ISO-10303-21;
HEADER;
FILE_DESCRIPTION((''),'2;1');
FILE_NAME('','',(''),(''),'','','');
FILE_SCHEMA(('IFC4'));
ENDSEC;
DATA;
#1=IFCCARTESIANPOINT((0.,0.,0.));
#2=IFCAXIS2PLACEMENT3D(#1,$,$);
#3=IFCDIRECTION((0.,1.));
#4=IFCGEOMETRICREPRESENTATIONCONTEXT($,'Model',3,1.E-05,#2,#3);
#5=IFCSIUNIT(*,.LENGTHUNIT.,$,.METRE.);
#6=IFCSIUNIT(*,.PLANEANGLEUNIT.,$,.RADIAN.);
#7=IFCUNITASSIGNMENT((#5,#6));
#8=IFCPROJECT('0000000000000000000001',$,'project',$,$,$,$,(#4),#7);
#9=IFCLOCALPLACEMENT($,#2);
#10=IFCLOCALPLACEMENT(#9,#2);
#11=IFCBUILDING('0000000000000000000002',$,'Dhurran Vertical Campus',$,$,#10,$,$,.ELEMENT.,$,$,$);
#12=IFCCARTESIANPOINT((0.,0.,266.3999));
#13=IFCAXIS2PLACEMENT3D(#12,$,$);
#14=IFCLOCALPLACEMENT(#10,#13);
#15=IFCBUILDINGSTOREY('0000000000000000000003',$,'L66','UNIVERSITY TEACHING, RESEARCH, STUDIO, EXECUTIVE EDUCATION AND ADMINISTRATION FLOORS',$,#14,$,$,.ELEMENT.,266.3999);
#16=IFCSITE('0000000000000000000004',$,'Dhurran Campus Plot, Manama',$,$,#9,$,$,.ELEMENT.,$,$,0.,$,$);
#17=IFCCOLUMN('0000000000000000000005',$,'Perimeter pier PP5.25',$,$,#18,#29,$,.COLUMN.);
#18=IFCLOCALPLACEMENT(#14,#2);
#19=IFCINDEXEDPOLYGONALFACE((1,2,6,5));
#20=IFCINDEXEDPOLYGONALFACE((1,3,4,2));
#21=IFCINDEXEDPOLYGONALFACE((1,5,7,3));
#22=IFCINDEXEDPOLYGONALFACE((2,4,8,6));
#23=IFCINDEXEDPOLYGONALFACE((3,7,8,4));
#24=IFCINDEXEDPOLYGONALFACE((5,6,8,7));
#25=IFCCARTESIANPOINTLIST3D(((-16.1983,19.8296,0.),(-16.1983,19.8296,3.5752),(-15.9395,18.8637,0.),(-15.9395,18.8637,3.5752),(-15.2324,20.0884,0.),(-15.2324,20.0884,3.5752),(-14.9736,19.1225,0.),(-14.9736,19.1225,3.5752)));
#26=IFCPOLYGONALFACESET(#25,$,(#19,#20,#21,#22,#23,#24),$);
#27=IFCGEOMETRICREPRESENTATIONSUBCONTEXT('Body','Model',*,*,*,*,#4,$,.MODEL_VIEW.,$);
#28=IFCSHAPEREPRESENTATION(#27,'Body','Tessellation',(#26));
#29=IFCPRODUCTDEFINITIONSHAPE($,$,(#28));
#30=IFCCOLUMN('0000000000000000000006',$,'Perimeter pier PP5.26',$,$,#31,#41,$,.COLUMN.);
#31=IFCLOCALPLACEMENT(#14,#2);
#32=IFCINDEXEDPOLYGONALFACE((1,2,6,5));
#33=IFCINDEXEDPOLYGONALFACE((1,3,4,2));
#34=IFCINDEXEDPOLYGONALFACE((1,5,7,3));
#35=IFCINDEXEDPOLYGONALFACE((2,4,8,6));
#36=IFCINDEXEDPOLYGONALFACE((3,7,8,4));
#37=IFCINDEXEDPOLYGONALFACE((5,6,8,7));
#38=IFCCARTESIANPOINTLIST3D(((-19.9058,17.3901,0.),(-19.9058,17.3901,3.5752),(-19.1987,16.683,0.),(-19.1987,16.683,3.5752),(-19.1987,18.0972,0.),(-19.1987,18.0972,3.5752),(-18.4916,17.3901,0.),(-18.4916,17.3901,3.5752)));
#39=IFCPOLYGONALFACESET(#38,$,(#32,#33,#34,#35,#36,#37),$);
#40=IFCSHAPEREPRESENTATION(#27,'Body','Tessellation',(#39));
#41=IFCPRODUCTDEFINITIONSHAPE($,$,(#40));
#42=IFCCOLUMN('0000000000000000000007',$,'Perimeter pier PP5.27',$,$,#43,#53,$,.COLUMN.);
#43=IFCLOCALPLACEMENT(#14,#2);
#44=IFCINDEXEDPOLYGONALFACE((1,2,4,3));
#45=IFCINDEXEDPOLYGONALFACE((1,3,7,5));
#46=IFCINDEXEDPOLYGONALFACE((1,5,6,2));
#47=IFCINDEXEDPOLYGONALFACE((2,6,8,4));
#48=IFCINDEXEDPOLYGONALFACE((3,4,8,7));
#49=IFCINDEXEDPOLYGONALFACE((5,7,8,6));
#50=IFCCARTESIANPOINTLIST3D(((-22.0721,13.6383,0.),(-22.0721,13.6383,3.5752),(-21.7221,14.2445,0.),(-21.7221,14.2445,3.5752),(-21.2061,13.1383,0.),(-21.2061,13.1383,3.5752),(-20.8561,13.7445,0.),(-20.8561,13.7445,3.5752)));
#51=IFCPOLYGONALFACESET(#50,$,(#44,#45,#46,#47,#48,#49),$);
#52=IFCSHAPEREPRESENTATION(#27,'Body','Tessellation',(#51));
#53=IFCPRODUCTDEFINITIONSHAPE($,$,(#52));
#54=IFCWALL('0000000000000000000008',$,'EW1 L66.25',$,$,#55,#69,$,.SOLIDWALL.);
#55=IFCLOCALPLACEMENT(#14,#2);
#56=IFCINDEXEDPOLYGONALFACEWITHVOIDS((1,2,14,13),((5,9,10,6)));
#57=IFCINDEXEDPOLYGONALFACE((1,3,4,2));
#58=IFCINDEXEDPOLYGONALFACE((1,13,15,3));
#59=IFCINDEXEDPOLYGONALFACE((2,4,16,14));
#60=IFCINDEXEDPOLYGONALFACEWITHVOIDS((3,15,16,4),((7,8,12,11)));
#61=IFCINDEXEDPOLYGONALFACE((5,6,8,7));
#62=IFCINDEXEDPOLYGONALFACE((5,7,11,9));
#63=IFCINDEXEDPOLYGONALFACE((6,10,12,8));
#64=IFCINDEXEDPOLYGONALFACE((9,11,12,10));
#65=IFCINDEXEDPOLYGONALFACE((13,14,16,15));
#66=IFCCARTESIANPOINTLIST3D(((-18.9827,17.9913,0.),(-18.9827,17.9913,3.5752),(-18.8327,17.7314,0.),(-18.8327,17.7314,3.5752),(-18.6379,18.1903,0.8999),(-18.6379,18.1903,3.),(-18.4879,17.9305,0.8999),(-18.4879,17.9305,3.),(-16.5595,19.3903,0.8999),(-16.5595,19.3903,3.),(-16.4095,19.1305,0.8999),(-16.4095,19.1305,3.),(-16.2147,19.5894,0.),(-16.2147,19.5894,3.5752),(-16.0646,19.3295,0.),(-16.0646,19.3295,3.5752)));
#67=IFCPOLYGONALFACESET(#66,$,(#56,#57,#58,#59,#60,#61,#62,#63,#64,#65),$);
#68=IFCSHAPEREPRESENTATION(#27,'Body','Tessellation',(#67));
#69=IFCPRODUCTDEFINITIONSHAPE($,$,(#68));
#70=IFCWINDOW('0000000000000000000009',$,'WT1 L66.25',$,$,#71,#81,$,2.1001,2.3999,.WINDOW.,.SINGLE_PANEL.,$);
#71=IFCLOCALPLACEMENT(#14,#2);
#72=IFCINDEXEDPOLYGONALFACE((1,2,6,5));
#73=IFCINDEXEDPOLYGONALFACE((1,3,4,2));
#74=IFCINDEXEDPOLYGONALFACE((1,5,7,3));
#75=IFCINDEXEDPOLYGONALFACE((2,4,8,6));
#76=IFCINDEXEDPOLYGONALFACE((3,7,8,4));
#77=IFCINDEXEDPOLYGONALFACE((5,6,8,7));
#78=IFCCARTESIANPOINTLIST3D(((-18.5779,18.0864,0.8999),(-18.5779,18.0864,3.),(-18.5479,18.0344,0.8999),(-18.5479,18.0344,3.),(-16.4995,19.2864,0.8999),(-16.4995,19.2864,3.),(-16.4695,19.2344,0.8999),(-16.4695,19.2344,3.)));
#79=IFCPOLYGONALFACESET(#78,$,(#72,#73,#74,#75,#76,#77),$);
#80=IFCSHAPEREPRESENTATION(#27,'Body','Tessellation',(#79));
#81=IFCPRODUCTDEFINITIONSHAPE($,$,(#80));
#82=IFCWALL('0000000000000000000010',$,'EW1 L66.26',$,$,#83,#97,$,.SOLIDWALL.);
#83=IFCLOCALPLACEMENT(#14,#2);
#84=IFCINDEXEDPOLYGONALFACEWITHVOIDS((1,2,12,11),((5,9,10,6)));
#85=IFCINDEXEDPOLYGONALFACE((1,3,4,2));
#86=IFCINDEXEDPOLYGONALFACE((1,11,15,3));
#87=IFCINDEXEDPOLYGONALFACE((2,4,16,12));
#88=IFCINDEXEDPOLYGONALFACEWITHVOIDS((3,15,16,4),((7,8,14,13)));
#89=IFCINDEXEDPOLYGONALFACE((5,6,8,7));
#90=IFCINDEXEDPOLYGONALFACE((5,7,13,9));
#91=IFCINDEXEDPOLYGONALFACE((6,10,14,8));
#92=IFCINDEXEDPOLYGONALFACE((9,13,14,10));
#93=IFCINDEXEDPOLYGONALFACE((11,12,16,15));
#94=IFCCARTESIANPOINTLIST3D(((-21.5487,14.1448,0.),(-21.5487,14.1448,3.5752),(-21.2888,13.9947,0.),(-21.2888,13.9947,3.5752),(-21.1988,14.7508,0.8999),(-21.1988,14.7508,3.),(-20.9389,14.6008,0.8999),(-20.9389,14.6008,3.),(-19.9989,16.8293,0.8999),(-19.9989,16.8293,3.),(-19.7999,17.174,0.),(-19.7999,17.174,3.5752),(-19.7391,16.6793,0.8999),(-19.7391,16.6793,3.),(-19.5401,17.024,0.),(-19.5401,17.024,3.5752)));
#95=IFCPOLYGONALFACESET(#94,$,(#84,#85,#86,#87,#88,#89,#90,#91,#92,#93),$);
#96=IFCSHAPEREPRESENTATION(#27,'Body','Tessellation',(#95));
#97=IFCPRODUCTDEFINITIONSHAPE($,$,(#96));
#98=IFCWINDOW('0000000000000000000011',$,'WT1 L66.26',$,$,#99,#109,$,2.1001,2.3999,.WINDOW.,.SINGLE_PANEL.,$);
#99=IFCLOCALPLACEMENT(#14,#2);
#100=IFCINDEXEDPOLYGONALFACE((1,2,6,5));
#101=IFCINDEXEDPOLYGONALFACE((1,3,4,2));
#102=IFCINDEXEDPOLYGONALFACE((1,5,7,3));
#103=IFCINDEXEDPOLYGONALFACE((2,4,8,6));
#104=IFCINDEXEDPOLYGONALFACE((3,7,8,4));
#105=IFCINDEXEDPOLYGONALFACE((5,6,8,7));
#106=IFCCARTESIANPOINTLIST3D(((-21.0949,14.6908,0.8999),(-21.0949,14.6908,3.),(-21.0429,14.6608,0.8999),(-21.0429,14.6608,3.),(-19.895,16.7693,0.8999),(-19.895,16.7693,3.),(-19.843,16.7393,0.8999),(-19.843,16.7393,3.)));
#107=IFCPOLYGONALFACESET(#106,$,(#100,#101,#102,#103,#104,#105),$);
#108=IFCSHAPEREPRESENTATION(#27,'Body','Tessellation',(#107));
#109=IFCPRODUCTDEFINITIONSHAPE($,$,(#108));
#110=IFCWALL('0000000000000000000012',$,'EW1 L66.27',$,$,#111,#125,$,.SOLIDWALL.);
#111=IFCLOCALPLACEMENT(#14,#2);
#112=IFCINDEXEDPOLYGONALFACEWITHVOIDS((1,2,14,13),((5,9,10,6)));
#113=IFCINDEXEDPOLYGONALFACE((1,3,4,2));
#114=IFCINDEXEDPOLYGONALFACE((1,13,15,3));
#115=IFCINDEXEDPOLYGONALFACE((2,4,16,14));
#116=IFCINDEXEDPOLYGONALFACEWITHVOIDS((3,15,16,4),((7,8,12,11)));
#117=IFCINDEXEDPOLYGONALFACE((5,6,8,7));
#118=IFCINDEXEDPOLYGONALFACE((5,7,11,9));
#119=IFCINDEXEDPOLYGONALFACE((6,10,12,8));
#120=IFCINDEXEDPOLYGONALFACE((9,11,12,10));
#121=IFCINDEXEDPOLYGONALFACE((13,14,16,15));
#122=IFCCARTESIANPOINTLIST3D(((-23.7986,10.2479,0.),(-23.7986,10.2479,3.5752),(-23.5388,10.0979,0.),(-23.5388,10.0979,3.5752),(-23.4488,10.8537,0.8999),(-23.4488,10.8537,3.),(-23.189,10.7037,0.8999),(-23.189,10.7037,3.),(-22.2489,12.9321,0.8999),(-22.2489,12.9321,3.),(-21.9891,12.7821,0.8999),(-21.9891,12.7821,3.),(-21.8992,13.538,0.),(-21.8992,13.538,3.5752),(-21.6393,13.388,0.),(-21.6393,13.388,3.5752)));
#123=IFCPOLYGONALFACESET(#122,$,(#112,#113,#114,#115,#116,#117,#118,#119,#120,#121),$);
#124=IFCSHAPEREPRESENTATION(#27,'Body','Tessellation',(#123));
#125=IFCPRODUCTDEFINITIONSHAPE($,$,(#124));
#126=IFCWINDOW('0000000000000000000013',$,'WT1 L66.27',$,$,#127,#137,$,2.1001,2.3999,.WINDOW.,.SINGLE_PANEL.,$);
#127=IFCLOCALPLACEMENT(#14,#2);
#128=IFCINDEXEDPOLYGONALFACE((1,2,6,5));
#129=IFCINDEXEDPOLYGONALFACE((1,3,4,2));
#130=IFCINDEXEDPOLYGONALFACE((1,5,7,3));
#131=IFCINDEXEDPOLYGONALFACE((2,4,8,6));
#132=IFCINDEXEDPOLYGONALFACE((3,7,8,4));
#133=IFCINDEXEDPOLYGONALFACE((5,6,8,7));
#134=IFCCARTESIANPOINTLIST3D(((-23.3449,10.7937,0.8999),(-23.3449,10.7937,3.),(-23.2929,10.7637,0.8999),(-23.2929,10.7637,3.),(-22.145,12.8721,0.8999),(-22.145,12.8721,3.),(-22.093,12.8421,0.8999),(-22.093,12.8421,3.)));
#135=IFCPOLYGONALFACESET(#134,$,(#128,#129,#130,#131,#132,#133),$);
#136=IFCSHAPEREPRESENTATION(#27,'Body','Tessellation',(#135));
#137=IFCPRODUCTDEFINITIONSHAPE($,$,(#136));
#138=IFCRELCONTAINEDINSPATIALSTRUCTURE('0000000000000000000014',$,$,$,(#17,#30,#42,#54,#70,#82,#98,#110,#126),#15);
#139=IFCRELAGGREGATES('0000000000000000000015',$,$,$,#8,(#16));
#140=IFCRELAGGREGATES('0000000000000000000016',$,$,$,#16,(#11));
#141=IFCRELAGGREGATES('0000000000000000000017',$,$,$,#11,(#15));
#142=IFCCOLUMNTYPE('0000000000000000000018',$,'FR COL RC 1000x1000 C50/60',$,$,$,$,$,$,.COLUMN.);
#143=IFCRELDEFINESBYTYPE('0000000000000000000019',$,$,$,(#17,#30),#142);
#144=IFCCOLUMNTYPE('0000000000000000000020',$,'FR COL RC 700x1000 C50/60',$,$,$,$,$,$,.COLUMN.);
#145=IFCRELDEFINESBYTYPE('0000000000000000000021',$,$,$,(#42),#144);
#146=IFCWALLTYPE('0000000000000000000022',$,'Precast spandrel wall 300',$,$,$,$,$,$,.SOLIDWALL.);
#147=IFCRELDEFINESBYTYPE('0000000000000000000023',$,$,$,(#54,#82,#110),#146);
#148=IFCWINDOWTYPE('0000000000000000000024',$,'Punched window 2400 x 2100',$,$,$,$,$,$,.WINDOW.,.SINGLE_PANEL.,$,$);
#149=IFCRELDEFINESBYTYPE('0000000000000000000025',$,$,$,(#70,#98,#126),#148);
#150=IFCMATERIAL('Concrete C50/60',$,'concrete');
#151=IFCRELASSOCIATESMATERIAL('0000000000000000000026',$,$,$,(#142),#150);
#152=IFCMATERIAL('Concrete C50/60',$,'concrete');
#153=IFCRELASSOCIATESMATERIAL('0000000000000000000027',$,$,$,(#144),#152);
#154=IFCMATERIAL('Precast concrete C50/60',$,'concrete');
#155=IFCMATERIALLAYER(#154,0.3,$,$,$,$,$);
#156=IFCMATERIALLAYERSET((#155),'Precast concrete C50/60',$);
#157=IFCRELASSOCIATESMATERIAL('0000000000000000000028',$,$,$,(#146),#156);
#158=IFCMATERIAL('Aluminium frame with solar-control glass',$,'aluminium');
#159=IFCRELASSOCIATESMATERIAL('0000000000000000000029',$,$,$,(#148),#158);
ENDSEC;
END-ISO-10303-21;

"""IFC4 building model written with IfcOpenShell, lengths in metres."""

from ifc_helpers import new_model, si_unit, direction, frame, frame_2d, origin, origin_2d, place, context, subcontext, project, spatial, rectangle, extrude, material, layer, layer_set, material_profile, profile_set, type_object, element, fill, save


model = new_model("IFC4")

# Units and contexts
model_context = context("Model", 3, precision=1e-05, world=origin(), true_north=direction((0.0, 1.0)))
body_context = subcontext(model_context, "Body", "Model", "MODEL_VIEW")
ifc_project = project(units=[si_unit("LENGTHUNIT", "METRE"), si_unit("PLANEANGLEUNIT", "RADIAN")], contexts=[model_context])

# Site, building, storey
site_placement = place(None, origin())
site = spatial("IfcSite", under=ifc_project, at=site_placement, Name="Dhurran Campus Plot, Manama", CompositionType="ELEMENT", RefElevation=0.0)
building_placement = place(site_placement, origin())
building = spatial("IfcBuilding", under=site, at=building_placement, Name="Dhurran Vertical Campus", CompositionType="ELEMENT")
storey_placement = place(building_placement, frame((0.0, 0.0, 266.3999)))
storey = spatial("IfcBuildingStorey", under=building, at=storey_placement, Name="L66", Description="UNIVERSITY TEACHING, RESEARCH, STUDIO, EXECUTIVE EDUCATION AND ADMINISTRATION FLOORS", CompositionType="ELEMENT", Elevation=266.3999)

# Columns
ifc_material_1 = material(Name="Concrete C50/60", Category="concrete")
ifc_material_profile_1 = material_profile(ifc_material_1, rectangle(XDim=1.0, YDim=1.0, at=origin_2d()), Name="RC 1000x1000")
ifc_profile_set_1 = profile_set([ifc_material_profile_1], Name="Concrete C50/60")
column_type_1 = type_object("IfcColumnType", Name="FR COL RC 1000x1000 C50/60", PredefinedType="COLUMN", material=ifc_profile_set_1)
for number, where, z_axis, x_axis, name in (
    (1, (-15.5859, 19.4761, 0.0), (0.0, 0.0, 1.0), (-0.965926, -0.258819, 0.0), "Perimeter pier PP5.25"),
    (2, (-19.1987, 17.3901, 0.0), (0.0, 0.0, 1.0), (-0.707107, -0.707107, 0.0), "Perimeter pier PP5.26"),
):
    element("IfcColumn", number, at=place(storey_placement, frame(where, z_axis=z_axis, x_axis=x_axis)), inside=storey, type_object=column_type_1, Name=name, PredefinedType="COLUMN", context=body_context, shape_type="SweptSolid", body=[
        extrude(rectangle(XDim=1.0, YDim=1.0, at=origin_2d()), origin(), (0.0, 0.0, 1.0), 3.5752),
    ])
ifc_material_2 = material(Name="Concrete C50/60", Category="concrete")
ifc_material_profile_2 = material_profile(ifc_material_2, rectangle(XDim=0.7, YDim=1.0, at=origin_2d()), Name="RC 700x1000")
ifc_profile_set_2 = profile_set([ifc_material_profile_2], Name="Concrete C50/60")
column_type_2 = type_object("IfcColumnType", Name="FR COL RC 700x1000 C50/60", PredefinedType="COLUMN", material=ifc_profile_set_2)
column_placement = place(storey_placement, frame((-21.4641, 13.6914, 0.0), z_axis=(0.0, 0.0, 1.0), x_axis=(-0.5, -0.866025, 0.0)))
element("IfcColumn", 3, at=column_placement, inside=storey, type_object=column_type_2, Name="Perimeter pier PP5.27", PredefinedType="COLUMN", context=body_context, shape_type="SweptSolid", body=[
    extrude(rectangle(XDim=0.7, YDim=1.0, at=origin_2d()), origin(), (0.0, 0.0, 1.0), 3.5752),
])

# Walls, openings, windows
ifc_material_3 = material(Name="Precast concrete C50/60", Category="concrete")
ifc_layer_1 = layer(ifc_material_3, 0.3)
ifc_layer_set_1 = layer_set([ifc_layer_1], Name="Precast concrete C50/60")
wall_type_1 = type_object("IfcWallType", Name="Precast spandrel wall 300", PredefinedType="SOLIDWALL", material=ifc_layer_set_1)
wall_1_placement = place(storey_placement, frame((-16.1396, 19.4595, 0.0), z_axis=(0.0, 0.0, 1.0), x_axis=(-0.866025, -0.5, 0.0)))
wall_1 = element("IfcWall", 4, at=wall_1_placement, inside=storey, type_object=wall_type_1, Name="EW1 L66.25", PredefinedType="SOLIDWALL", context=body_context, shape_type="SweptSolid", body=[
    extrude(rectangle(XDim=3.1963, YDim=0.3, at=frame_2d((1.5981, 0.0))), origin(), (0.0, 0.0, 1.0), 3.5752),
])
opening_1_placement = place(wall_1_placement, frame((0.3982, 0.0, 0.8999)))
opening_1 = element("IfcOpeningElement", 5, at=opening_1_placement, cuts=wall_1, PredefinedType="OPENING", context=body_context, shape_type="SweptSolid", body=[
    extrude(rectangle(XDim=2.3999, YDim=2.1001, at=frame_2d((1.2, 1.05))), frame((0.0, 0.1599, 0.0), z_axis=(0.0, -1.0, 0.0), x_axis=(1.0, 0.0, 0.0)), (0.0, 0.0, 1.0), 0.3201),
])
ifc_material_4 = material(Name="Aluminium frame with solar-control glass", Category="aluminium")
window_type = type_object("IfcWindowType", Name="Punched window 2400 x 2100", PartitioningType="SINGLE_PANEL", PredefinedType="WINDOW", material=ifc_material_4)
window_1_placement = place(opening_1_placement, origin())
window_1 = element("IfcWindow", 6, at=window_1_placement, inside=storey, type_object=window_type, Name="WT1 L66.25", OverallHeight=2.1001, OverallWidth=2.3999, PartitioningType="SINGLE_PANEL", PredefinedType="WINDOW", context=body_context, shape_type="SweptSolid", body=[
    extrude(rectangle(XDim=2.3999, YDim=2.1001, at=frame_2d((1.2, 1.05))), frame((0.0, 0.03, 0.0), z_axis=(0.0, -1.0, 0.0), x_axis=(1.0, 0.0, 0.0)), (0.0, 0.0, 1.0), 0.0601),
])
fill(opening_1, window_1)
wall_2_placement = place(storey_placement, frame((-19.6699, 17.0991, 0.0), z_axis=(0.0, 0.0, 1.0), x_axis=(-0.49996, -0.866048, 0.0)))
wall_2 = element("IfcWall", 7, at=wall_2_placement, inside=storey, type_object=wall_type_1, Name="EW1 L66.26", PredefinedType="SOLIDWALL", context=body_context, shape_type="SweptSolid", body=[
    extrude(rectangle(XDim=3.4978, YDim=0.3, at=frame_2d((1.749, 0.0))), origin(), (0.0, 0.0, 1.0), 3.5752),
])
opening_2_placement = place(wall_2_placement, frame((0.3982, 0.0, 0.8999)))
opening_2 = element("IfcOpeningElement", 8, at=opening_2_placement, cuts=wall_2, PredefinedType="OPENING", context=body_context, shape_type="SweptSolid", body=[
    extrude(rectangle(XDim=2.3999, YDim=2.1001, at=frame_2d((1.2, 1.05))), frame((0.0, 0.1599, 0.0), z_axis=(0.0, -1.0, 0.0), x_axis=(1.0, 0.0, 0.0)), (0.0, 0.0, 1.0), 0.3201),
])
window_2_placement = place(opening_2_placement, origin())
window_2 = element("IfcWindow", 9, at=window_2_placement, inside=storey, type_object=window_type, Name="WT1 L66.26", OverallHeight=2.1001, OverallWidth=2.3999, PartitioningType="SINGLE_PANEL", PredefinedType="WINDOW", context=body_context, shape_type="SweptSolid", body=[
    extrude(rectangle(XDim=2.3999, YDim=2.1001, at=frame_2d((1.2, 1.05))), frame((0.0, 0.03, 0.0), z_axis=(0.0, -1.0, 0.0), x_axis=(1.0, 0.0, 0.0)), (0.0, 0.0, 1.0), 0.0601),
])
fill(opening_2, window_2)
wall_3_placement = place(storey_placement, frame((-21.7693, 13.4629, 0.0), z_axis=(0.0, 0.0, 1.0), x_axis=(-0.499982, -0.866036, 0.0)))
wall_3 = element("IfcWall", 10, at=wall_3_placement, inside=storey, type_object=wall_type_1, Name="EW1 L66.27", PredefinedType="SOLIDWALL", context=body_context, shape_type="SweptSolid", body=[
    extrude(rectangle(XDim=3.7991, YDim=0.3, at=frame_2d((1.8994, 0.0))), origin(), (0.0, 0.0, 1.0), 3.5752),
])
opening_3_placement = place(wall_3_placement, frame((0.6995, 0.0, 0.8999)))
opening_3 = element("IfcOpeningElement", 11, at=opening_3_placement, cuts=wall_3, PredefinedType="OPENING", context=body_context, shape_type="SweptSolid", body=[
    extrude(rectangle(XDim=2.3999, YDim=2.1001, at=frame_2d((1.2, 1.05))), frame((0.0, 0.1599, 0.0), z_axis=(0.0, -1.0, 0.0), x_axis=(1.0, 0.0, 0.0)), (0.0, 0.0, 1.0), 0.3201),
])
window_3_placement = place(opening_3_placement, origin())
window_3 = element("IfcWindow", 12, at=window_3_placement, inside=storey, type_object=window_type, Name="WT1 L66.27", OverallHeight=2.1001, OverallWidth=2.3999, PartitioningType="SINGLE_PANEL", PredefinedType="WINDOW", context=body_context, shape_type="SweptSolid", body=[
    extrude(rectangle(XDim=2.3999, YDim=2.1001, at=frame_2d((1.2, 1.05))), frame((0.0, 0.03, 0.0), z_axis=(0.0, -1.0, 0.0), x_axis=(1.0, 0.0, 0.0)), (0.0, 0.0, 1.0), 0.0601),
])
fill(opening_3, window_3)

save(model, "model.ifc")
